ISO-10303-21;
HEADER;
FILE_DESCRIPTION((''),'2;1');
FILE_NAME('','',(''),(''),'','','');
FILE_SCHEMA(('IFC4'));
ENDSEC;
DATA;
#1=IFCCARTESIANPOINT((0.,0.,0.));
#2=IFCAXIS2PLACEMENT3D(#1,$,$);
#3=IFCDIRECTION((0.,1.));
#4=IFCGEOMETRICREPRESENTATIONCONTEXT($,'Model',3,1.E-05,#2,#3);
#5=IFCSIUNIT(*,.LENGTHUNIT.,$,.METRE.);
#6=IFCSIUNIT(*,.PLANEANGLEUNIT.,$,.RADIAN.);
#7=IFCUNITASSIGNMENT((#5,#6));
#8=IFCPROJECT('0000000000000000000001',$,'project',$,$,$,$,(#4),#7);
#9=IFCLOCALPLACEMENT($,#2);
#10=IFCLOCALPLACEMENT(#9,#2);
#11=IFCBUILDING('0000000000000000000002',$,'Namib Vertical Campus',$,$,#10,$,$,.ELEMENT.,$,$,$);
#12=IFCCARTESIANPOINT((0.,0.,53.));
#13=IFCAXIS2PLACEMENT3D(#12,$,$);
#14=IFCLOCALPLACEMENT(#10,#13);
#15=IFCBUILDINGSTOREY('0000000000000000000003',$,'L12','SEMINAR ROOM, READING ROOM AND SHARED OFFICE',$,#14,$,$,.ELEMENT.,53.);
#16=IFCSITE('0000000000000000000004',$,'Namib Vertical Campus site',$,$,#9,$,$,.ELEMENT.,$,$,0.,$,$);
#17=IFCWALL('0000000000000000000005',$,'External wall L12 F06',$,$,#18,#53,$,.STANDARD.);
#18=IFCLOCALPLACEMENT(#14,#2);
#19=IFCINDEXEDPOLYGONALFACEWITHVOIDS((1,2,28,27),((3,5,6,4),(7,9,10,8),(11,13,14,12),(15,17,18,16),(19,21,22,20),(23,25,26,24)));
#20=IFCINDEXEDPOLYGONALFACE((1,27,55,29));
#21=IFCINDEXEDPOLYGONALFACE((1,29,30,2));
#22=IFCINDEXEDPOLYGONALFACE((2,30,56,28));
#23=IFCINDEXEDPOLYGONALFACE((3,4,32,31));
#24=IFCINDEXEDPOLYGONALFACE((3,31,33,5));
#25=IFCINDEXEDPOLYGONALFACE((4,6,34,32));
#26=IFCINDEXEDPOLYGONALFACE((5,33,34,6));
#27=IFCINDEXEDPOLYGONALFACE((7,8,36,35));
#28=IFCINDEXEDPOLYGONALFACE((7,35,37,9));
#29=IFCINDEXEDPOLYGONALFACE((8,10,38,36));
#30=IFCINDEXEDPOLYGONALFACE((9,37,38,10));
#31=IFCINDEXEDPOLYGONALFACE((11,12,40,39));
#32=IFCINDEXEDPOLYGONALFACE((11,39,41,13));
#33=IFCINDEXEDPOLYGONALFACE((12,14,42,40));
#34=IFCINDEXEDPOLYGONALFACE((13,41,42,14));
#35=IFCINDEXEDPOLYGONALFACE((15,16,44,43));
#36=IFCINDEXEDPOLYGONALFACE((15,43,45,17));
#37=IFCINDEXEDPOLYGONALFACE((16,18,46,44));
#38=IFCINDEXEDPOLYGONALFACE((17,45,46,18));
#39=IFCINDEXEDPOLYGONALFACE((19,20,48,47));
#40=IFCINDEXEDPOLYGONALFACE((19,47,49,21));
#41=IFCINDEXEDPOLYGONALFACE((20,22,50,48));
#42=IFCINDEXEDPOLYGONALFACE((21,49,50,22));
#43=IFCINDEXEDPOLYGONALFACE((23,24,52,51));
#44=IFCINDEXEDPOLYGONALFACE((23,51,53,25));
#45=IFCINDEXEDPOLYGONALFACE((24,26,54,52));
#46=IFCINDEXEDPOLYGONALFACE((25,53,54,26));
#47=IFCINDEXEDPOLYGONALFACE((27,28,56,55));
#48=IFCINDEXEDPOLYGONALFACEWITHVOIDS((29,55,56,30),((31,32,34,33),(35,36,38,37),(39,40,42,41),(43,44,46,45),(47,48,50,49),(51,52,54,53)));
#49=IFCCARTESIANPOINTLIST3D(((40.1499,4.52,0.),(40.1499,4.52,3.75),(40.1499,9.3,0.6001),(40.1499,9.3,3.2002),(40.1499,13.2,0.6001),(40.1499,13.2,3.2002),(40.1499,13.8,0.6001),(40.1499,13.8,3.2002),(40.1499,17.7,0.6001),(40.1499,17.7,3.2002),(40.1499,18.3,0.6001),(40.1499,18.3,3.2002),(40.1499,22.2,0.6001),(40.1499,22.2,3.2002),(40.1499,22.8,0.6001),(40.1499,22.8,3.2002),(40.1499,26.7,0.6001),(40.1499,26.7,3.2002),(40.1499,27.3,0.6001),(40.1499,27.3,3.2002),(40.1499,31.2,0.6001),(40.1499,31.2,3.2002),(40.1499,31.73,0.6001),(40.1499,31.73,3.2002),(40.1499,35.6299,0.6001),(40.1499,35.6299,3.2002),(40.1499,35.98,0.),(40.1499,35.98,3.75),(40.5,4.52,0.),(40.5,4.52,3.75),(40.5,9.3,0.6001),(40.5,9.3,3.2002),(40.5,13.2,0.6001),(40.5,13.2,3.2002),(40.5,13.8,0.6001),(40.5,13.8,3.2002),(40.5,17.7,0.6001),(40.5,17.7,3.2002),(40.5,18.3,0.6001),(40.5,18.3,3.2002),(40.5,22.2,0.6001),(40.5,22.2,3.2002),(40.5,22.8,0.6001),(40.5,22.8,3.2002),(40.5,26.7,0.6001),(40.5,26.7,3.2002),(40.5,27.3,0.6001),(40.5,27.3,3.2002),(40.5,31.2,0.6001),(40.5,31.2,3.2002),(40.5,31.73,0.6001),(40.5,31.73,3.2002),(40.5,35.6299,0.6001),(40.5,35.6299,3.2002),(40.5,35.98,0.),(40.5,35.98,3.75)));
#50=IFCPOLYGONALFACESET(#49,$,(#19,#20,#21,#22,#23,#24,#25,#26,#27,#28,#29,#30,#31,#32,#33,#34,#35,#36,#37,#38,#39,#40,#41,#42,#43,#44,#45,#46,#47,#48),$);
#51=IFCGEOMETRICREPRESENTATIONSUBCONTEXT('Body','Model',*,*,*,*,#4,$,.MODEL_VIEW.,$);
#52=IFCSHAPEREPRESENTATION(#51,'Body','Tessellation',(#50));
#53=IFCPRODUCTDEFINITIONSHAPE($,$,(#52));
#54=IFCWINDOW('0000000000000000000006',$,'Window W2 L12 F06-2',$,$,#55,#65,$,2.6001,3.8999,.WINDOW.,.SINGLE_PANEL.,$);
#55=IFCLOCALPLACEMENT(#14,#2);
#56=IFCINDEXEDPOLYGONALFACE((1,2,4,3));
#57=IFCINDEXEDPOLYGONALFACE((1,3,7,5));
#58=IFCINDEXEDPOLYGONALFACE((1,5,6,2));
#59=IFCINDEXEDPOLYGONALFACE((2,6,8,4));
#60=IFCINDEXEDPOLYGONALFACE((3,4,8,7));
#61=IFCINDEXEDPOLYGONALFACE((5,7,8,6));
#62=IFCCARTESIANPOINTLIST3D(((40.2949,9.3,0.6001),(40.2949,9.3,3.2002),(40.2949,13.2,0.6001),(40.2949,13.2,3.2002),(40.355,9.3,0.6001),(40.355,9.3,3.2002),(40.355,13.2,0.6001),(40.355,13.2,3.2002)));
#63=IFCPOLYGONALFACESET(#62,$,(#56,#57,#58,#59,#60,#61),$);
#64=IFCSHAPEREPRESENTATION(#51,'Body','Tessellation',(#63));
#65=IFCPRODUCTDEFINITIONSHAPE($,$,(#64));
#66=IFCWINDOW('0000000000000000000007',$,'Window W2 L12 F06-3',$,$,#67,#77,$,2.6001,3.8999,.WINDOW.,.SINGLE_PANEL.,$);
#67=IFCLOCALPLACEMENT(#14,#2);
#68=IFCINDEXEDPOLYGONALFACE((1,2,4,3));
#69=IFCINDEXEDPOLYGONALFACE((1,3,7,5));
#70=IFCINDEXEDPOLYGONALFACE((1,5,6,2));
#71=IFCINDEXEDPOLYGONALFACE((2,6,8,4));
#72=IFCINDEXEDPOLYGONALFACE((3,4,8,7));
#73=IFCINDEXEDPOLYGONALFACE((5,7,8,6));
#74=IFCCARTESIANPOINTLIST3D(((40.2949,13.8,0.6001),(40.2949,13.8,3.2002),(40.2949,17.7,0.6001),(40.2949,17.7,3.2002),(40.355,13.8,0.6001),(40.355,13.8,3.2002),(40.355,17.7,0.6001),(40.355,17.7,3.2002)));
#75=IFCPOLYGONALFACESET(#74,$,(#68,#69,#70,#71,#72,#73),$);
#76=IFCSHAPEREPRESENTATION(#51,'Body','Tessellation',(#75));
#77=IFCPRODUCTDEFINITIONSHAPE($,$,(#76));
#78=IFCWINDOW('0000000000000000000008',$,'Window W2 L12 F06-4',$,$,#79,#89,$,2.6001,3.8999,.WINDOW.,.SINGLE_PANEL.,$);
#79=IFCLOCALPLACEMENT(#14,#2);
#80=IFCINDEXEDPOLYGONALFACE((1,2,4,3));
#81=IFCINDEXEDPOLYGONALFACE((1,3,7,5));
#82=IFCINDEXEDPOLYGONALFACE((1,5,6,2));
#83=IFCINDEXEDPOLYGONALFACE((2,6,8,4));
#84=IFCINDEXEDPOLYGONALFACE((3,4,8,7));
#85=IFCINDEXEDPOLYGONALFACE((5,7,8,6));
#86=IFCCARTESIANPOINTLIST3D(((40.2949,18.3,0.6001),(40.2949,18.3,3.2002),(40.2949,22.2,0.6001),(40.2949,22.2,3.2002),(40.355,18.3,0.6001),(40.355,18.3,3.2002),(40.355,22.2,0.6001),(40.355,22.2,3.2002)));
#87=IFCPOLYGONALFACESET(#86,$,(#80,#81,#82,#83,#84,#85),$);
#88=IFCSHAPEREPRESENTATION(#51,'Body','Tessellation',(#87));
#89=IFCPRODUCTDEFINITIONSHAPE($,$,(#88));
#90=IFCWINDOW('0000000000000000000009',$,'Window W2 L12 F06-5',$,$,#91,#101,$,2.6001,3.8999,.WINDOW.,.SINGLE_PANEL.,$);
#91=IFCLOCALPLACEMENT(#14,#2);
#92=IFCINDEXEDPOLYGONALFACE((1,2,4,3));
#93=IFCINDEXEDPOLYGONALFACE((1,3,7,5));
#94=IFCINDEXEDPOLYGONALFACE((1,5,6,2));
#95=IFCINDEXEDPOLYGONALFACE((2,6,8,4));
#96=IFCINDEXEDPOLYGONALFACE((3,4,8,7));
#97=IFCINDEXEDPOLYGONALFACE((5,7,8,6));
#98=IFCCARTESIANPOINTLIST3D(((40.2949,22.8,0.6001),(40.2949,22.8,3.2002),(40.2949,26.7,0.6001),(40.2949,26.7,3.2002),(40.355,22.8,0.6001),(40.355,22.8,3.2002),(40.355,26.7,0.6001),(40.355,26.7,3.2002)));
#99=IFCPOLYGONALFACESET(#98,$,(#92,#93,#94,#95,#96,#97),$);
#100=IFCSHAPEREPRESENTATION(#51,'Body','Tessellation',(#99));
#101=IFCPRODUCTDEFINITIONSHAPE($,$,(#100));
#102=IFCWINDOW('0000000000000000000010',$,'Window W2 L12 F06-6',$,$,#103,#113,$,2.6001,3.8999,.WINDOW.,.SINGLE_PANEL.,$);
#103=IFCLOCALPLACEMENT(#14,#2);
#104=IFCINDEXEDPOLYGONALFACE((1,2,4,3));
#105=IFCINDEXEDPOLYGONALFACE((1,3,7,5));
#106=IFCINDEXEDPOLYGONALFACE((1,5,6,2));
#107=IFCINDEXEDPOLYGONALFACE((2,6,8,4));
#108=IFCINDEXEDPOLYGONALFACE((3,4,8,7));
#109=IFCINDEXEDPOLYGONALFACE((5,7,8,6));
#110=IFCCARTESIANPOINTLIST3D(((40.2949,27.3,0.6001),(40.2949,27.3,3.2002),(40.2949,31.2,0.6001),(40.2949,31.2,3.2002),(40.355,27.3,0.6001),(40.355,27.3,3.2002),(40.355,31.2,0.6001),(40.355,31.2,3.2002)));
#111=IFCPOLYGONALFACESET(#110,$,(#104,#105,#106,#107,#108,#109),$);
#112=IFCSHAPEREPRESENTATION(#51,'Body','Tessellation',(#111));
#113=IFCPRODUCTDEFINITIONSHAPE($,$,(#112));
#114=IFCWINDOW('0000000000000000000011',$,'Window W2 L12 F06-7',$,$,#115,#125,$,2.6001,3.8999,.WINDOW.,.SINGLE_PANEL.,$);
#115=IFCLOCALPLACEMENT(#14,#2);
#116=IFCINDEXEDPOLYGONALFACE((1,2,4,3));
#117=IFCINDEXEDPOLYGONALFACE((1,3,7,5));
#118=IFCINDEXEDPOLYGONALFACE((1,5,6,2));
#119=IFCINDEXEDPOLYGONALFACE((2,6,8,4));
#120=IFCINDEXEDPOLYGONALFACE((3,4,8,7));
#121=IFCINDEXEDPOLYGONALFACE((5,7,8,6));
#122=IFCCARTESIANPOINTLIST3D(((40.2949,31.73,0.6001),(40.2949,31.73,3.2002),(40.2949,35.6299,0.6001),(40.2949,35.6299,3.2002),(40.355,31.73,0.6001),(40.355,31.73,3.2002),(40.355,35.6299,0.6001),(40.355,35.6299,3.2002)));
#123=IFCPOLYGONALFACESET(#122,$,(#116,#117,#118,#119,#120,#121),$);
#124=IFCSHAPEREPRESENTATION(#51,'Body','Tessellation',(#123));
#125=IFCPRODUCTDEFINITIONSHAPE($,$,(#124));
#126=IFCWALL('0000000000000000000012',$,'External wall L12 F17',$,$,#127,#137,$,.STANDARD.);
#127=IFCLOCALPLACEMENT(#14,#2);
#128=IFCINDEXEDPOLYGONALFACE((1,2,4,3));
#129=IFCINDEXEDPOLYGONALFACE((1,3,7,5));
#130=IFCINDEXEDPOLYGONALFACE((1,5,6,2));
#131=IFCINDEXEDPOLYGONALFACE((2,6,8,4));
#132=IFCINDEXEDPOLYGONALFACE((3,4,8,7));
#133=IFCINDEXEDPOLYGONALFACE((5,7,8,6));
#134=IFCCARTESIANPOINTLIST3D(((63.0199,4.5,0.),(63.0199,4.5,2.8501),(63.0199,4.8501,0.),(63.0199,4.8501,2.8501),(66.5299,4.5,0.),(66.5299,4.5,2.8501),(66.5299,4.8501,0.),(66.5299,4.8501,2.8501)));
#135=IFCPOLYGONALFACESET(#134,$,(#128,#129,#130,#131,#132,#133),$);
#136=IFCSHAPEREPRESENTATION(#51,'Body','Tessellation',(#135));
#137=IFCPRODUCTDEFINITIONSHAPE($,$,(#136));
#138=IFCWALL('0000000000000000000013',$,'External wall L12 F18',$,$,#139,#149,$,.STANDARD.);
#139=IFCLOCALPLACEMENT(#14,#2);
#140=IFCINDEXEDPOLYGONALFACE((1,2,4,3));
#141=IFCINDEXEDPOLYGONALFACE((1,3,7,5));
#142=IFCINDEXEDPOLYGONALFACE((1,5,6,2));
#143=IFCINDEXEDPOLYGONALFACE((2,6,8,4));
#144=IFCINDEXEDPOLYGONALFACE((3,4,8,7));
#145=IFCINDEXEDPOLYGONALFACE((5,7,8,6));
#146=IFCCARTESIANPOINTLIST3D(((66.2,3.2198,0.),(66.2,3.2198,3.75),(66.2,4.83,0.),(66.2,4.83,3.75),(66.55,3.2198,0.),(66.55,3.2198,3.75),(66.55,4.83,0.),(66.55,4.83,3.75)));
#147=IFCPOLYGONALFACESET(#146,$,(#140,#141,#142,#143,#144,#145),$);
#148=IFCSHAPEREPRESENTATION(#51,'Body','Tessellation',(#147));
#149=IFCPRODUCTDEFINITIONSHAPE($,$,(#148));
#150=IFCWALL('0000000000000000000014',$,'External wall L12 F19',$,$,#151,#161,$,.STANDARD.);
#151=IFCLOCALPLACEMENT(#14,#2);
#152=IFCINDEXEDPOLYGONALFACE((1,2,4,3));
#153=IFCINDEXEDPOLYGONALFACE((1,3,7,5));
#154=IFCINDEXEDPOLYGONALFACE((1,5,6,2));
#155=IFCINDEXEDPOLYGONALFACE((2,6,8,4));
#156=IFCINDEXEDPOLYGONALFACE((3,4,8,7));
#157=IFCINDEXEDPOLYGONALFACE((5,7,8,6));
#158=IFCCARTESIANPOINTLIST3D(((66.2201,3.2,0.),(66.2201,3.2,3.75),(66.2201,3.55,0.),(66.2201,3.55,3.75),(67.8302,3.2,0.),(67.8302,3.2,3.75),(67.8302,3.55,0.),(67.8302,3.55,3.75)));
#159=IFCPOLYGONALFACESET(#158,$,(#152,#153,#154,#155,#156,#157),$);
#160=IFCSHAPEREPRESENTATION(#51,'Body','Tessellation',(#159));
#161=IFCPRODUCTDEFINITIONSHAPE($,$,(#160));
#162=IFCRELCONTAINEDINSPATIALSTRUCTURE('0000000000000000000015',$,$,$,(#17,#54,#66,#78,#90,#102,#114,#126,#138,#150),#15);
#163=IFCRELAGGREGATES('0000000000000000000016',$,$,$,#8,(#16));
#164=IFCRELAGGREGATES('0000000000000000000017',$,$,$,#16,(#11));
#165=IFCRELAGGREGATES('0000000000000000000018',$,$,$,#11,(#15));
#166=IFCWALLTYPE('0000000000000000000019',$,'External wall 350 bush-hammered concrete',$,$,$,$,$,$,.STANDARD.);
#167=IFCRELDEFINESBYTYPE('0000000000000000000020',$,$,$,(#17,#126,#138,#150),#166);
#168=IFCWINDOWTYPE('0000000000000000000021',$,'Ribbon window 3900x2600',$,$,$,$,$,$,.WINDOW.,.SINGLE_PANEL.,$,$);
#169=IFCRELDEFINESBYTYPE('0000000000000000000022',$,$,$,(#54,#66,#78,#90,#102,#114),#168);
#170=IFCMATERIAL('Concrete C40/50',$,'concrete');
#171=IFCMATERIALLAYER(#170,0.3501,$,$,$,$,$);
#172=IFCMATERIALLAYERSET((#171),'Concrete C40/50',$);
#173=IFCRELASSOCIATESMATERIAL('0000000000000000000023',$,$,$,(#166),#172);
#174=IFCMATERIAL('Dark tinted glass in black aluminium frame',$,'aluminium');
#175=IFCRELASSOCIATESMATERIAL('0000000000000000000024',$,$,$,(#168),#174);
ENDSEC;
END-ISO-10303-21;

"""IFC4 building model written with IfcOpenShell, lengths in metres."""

from ifc_helpers import new_model, si_unit, direction, frame, frame_2d, origin, place, context, subcontext, project, spatial, rectangle, extrude, material, layer, layer_set, type_object, element, fill, save


model = new_model("IFC4")

# Units and contexts
model_context = context("Model", 3, precision=1e-05, world=origin(), true_north=direction((0.0, 1.0)))
body_context = subcontext(model_context, "Body", "Model", "MODEL_VIEW")
ifc_project = project(units=[si_unit("LENGTHUNIT", "METRE"), si_unit("PLANEANGLEUNIT", "RADIAN")], contexts=[model_context])

# Site, building, storey
site_placement = place(None, origin())
site = spatial("IfcSite", under=ifc_project, at=site_placement, Name="Namib Vertical Campus site", CompositionType="ELEMENT", RefElevation=0.0)
building_placement = place(site_placement, origin())
building = spatial("IfcBuilding", under=site, at=building_placement, Name="Namib Vertical Campus", CompositionType="ELEMENT")
storey_placement = place(building_placement, frame((0.0, 0.0, 53.0)))
storey = spatial("IfcBuildingStorey", under=building, at=storey_placement, Name="L12", Description="SEMINAR ROOM, READING ROOM AND SHARED OFFICE", CompositionType="ELEMENT", Elevation=53.0)

# Shared definitions
ifc_material_1 = material(Name="Concrete C40/50", Category="concrete")
ifc_layer_1 = layer(ifc_material_1, 0.3501)
ifc_layer_set_1 = layer_set([ifc_layer_1], Name="Concrete C40/50")
wall_type_1 = type_object("IfcWallType", Name="External wall 350 bush-hammered concrete", PredefinedType="STANDARD", material=ifc_layer_set_1)

# Wall, openings, windows
wall_1_placement = place(storey_placement, frame((40.325, 4.52, 0.0), z_axis=(0.0, 0.0, 1.0), x_axis=(0.0, 1.0, 0.0)))
wall_1 = element("IfcWall", 1, at=wall_1_placement, inside=storey, type_object=wall_type_1, Name="External wall L12 F06", PredefinedType="STANDARD", context=body_context, shape_type="SweptSolid", body=[
    extrude(rectangle(XDim=31.46, YDim=0.3501, at=frame_2d((15.73, 0.0))), origin(), (0.0, 0.0, 1.0), 3.75),
])
opening_1_placement = place(wall_1_placement, frame((4.78, 0.0, 0.6001)))
opening_1 = element("IfcOpeningElement", 2, at=opening_1_placement, cuts=wall_1, PredefinedType="OPENING", context=body_context, shape_type="SweptSolid", body=[
    extrude(rectangle(XDim=3.8999, YDim=2.6001, at=frame_2d((1.95, 1.3))), frame((0.0, 0.1851, 0.0), z_axis=(0.0, -1.0, 0.0), x_axis=(1.0, 0.0, 0.0)), (0.0, 0.0, 1.0), 0.3701),
])
opening_2_placement = place(wall_1_placement, frame((9.28, 0.0, 0.6001)))
opening_2 = element("IfcOpeningElement", 3, at=opening_2_placement, cuts=wall_1, PredefinedType="OPENING", context=body_context, shape_type="SweptSolid", body=[
    extrude(rectangle(XDim=3.8999, YDim=2.6001, at=frame_2d((1.95, 1.3))), frame((0.0, 0.1851, 0.0), z_axis=(0.0, -1.0, 0.0), x_axis=(1.0, 0.0, 0.0)), (0.0, 0.0, 1.0), 0.3701),
])
opening_3_placement = place(wall_1_placement, frame((13.78, 0.0, 0.6001)))
opening_3 = element("IfcOpeningElement", 4, at=opening_3_placement, cuts=wall_1, PredefinedType="OPENING", context=body_context, shape_type="SweptSolid", body=[
    extrude(rectangle(XDim=3.8999, YDim=2.6001, at=frame_2d((1.95, 1.3))), frame((0.0, 0.1851, 0.0), z_axis=(0.0, -1.0, 0.0), x_axis=(1.0, 0.0, 0.0)), (0.0, 0.0, 1.0), 0.3701),
])
opening_4_placement = place(wall_1_placement, frame((18.28, 0.0, 0.6001)))
opening_4 = element("IfcOpeningElement", 5, at=opening_4_placement, cuts=wall_1, PredefinedType="OPENING", context=body_context, shape_type="SweptSolid", body=[
    extrude(rectangle(XDim=3.8999, YDim=2.6001, at=frame_2d((1.95, 1.3))), frame((0.0, 0.1851, 0.0), z_axis=(0.0, -1.0, 0.0), x_axis=(1.0, 0.0, 0.0)), (0.0, 0.0, 1.0), 0.3701),
])
opening_5_placement = place(wall_1_placement, frame((22.78, 0.0, 0.6001)))
opening_5 = element("IfcOpeningElement", 6, at=opening_5_placement, cuts=wall_1, PredefinedType="OPENING", context=body_context, shape_type="SweptSolid", body=[
    extrude(rectangle(XDim=3.8999, YDim=2.6001, at=frame_2d((1.95, 1.3))), frame((0.0, 0.1851, 0.0), z_axis=(0.0, -1.0, 0.0), x_axis=(1.0, 0.0, 0.0)), (0.0, 0.0, 1.0), 0.3701),
])
opening_6_placement = place(wall_1_placement, frame((27.21, 0.0, 0.6001)))
opening_6 = element("IfcOpeningElement", 7, at=opening_6_placement, cuts=wall_1, PredefinedType="OPENING", context=body_context, shape_type="SweptSolid", body=[
    extrude(rectangle(XDim=3.8999, YDim=2.6001, at=frame_2d((1.95, 1.3))), frame((0.0, 0.1851, 0.0), z_axis=(0.0, -1.0, 0.0), x_axis=(1.0, 0.0, 0.0)), (0.0, 0.0, 1.0), 0.3701),
])
ifc_material_2 = material(Name="Dark tinted glass in black aluminium frame", Category="aluminium")
window_type = type_object("IfcWindowType", Name="Ribbon window 3900x2600", PartitioningType="SINGLE_PANEL", PredefinedType="WINDOW", material=ifc_material_2)
window_1_placement = place(opening_1_placement, origin())
window_1 = element("IfcWindow", 8, at=window_1_placement, inside=storey, type_object=window_type, Name="Window W2 L12 F06-2", OverallHeight=2.6001, OverallWidth=3.8999, PartitioningType="SINGLE_PANEL", PredefinedType="WINDOW", context=body_context, shape_type="SweptSolid", body=[
    extrude(rectangle(XDim=3.8999, YDim=2.6001, at=frame_2d((1.95, 1.3))), frame((0.0, 0.03, 0.0), z_axis=(0.0, -1.0, 0.0), x_axis=(1.0, 0.0, 0.0)), (0.0, 0.0, 1.0), 0.0601),
])
fill(opening_1, window_1)
window_2_placement = place(opening_2_placement, origin())
window_2 = element("IfcWindow", 9, at=window_2_placement, inside=storey, type_object=window_type, Name="Window W2 L12 F06-3", OverallHeight=2.6001, OverallWidth=3.8999, PartitioningType="SINGLE_PANEL", PredefinedType="WINDOW", context=body_context, shape_type="SweptSolid", body=[
    extrude(rectangle(XDim=3.8999, YDim=2.6001, at=frame_2d((1.95, 1.3))), frame((0.0, 0.03, 0.0), z_axis=(0.0, -1.0, 0.0), x_axis=(1.0, 0.0, 0.0)), (0.0, 0.0, 1.0), 0.0601),
])
fill(opening_2, window_2)
window_3_placement = place(opening_3_placement, origin())
window_3 = element("IfcWindow", 10, at=window_3_placement, inside=storey, type_object=window_type, Name="Window W2 L12 F06-4", OverallHeight=2.6001, OverallWidth=3.8999, PartitioningType="SINGLE_PANEL", PredefinedType="WINDOW", context=body_context, shape_type="SweptSolid", body=[
    extrude(rectangle(XDim=3.8999, YDim=2.6001, at=frame_2d((1.95, 1.3))), frame((0.0, 0.03, 0.0), z_axis=(0.0, -1.0, 0.0), x_axis=(1.0, 0.0, 0.0)), (0.0, 0.0, 1.0), 0.0601),
])
fill(opening_3, window_3)
window_4_placement = place(opening_4_placement, origin())
window_4 = element("IfcWindow", 11, at=window_4_placement, inside=storey, type_object=window_type, Name="Window W2 L12 F06-5", OverallHeight=2.6001, OverallWidth=3.8999, PartitioningType="SINGLE_PANEL", PredefinedType="WINDOW", context=body_context, shape_type="SweptSolid", body=[
    extrude(rectangle(XDim=3.8999, YDim=2.6001, at=frame_2d((1.95, 1.3))), frame((0.0, 0.03, 0.0), z_axis=(0.0, -1.0, 0.0), x_axis=(1.0, 0.0, 0.0)), (0.0, 0.0, 1.0), 0.0601),
])
fill(opening_4, window_4)
window_5_placement = place(opening_5_placement, origin())
window_5 = element("IfcWindow", 12, at=window_5_placement, inside=storey, type_object=window_type, Name="Window W2 L12 F06-6", OverallHeight=2.6001, OverallWidth=3.8999, PartitioningType="SINGLE_PANEL", PredefinedType="WINDOW", context=body_context, shape_type="SweptSolid", body=[
    extrude(rectangle(XDim=3.8999, YDim=2.6001, at=frame_2d((1.95, 1.3))), frame((0.0, 0.03, 0.0), z_axis=(0.0, -1.0, 0.0), x_axis=(1.0, 0.0, 0.0)), (0.0, 0.0, 1.0), 0.0601),
])
fill(opening_5, window_5)
window_6_placement = place(opening_6_placement, origin())
window_6 = element("IfcWindow", 13, at=window_6_placement, inside=storey, type_object=window_type, Name="Window W2 L12 F06-7", OverallHeight=2.6001, OverallWidth=3.8999, PartitioningType="SINGLE_PANEL", PredefinedType="WINDOW", context=body_context, shape_type="SweptSolid", body=[
    extrude(rectangle(XDim=3.8999, YDim=2.6001, at=frame_2d((1.95, 1.3))), frame((0.0, 0.03, 0.0), z_axis=(0.0, -1.0, 0.0), x_axis=(1.0, 0.0, 0.0)), (0.0, 0.0, 1.0), 0.0601),
])
fill(opening_6, window_6)

# Walls
wall_2_placement = place(storey_placement, frame((63.02, 4.675, 0.0), z_axis=(0.0, 0.0, 1.0), x_axis=(1.0, 0.0, 0.0)))
element("IfcWall", 14, at=wall_2_placement, inside=storey, type_object=wall_type_1, Name="External wall L12 F17", PredefinedType="STANDARD", context=body_context, shape_type="SweptSolid", body=[
    extrude(rectangle(XDim=3.51, YDim=0.3501, at=frame_2d((1.7549, 0.0))), origin(), (0.0, 0.0, 1.0), 2.8501),
])
for number, where, z_axis, x_axis, name in (
    (15, (66.375, 4.8301, 0.0), (0.0, 0.0, 1.0), (0.0, -1.0, 0.0), "External wall L12 F18"),
    (16, (66.22, 3.375, 0.0), (0.0, 0.0, 1.0), (1.0, 0.0, 0.0), "External wall L12 F19"),
):
    element("IfcWall", number, at=place(storey_placement, frame(where, z_axis=z_axis, x_axis=x_axis)), inside=storey, type_object=wall_type_1, Name=name, PredefinedType="STANDARD", context=body_context, shape_type="SweptSolid", body=[
        extrude(rectangle(XDim=1.6101, YDim=0.3501, at=frame_2d((0.8052, 0.0))), origin(), (0.0, 0.0, 1.0), 3.75),
    ])

save(model, "model.ifc")
